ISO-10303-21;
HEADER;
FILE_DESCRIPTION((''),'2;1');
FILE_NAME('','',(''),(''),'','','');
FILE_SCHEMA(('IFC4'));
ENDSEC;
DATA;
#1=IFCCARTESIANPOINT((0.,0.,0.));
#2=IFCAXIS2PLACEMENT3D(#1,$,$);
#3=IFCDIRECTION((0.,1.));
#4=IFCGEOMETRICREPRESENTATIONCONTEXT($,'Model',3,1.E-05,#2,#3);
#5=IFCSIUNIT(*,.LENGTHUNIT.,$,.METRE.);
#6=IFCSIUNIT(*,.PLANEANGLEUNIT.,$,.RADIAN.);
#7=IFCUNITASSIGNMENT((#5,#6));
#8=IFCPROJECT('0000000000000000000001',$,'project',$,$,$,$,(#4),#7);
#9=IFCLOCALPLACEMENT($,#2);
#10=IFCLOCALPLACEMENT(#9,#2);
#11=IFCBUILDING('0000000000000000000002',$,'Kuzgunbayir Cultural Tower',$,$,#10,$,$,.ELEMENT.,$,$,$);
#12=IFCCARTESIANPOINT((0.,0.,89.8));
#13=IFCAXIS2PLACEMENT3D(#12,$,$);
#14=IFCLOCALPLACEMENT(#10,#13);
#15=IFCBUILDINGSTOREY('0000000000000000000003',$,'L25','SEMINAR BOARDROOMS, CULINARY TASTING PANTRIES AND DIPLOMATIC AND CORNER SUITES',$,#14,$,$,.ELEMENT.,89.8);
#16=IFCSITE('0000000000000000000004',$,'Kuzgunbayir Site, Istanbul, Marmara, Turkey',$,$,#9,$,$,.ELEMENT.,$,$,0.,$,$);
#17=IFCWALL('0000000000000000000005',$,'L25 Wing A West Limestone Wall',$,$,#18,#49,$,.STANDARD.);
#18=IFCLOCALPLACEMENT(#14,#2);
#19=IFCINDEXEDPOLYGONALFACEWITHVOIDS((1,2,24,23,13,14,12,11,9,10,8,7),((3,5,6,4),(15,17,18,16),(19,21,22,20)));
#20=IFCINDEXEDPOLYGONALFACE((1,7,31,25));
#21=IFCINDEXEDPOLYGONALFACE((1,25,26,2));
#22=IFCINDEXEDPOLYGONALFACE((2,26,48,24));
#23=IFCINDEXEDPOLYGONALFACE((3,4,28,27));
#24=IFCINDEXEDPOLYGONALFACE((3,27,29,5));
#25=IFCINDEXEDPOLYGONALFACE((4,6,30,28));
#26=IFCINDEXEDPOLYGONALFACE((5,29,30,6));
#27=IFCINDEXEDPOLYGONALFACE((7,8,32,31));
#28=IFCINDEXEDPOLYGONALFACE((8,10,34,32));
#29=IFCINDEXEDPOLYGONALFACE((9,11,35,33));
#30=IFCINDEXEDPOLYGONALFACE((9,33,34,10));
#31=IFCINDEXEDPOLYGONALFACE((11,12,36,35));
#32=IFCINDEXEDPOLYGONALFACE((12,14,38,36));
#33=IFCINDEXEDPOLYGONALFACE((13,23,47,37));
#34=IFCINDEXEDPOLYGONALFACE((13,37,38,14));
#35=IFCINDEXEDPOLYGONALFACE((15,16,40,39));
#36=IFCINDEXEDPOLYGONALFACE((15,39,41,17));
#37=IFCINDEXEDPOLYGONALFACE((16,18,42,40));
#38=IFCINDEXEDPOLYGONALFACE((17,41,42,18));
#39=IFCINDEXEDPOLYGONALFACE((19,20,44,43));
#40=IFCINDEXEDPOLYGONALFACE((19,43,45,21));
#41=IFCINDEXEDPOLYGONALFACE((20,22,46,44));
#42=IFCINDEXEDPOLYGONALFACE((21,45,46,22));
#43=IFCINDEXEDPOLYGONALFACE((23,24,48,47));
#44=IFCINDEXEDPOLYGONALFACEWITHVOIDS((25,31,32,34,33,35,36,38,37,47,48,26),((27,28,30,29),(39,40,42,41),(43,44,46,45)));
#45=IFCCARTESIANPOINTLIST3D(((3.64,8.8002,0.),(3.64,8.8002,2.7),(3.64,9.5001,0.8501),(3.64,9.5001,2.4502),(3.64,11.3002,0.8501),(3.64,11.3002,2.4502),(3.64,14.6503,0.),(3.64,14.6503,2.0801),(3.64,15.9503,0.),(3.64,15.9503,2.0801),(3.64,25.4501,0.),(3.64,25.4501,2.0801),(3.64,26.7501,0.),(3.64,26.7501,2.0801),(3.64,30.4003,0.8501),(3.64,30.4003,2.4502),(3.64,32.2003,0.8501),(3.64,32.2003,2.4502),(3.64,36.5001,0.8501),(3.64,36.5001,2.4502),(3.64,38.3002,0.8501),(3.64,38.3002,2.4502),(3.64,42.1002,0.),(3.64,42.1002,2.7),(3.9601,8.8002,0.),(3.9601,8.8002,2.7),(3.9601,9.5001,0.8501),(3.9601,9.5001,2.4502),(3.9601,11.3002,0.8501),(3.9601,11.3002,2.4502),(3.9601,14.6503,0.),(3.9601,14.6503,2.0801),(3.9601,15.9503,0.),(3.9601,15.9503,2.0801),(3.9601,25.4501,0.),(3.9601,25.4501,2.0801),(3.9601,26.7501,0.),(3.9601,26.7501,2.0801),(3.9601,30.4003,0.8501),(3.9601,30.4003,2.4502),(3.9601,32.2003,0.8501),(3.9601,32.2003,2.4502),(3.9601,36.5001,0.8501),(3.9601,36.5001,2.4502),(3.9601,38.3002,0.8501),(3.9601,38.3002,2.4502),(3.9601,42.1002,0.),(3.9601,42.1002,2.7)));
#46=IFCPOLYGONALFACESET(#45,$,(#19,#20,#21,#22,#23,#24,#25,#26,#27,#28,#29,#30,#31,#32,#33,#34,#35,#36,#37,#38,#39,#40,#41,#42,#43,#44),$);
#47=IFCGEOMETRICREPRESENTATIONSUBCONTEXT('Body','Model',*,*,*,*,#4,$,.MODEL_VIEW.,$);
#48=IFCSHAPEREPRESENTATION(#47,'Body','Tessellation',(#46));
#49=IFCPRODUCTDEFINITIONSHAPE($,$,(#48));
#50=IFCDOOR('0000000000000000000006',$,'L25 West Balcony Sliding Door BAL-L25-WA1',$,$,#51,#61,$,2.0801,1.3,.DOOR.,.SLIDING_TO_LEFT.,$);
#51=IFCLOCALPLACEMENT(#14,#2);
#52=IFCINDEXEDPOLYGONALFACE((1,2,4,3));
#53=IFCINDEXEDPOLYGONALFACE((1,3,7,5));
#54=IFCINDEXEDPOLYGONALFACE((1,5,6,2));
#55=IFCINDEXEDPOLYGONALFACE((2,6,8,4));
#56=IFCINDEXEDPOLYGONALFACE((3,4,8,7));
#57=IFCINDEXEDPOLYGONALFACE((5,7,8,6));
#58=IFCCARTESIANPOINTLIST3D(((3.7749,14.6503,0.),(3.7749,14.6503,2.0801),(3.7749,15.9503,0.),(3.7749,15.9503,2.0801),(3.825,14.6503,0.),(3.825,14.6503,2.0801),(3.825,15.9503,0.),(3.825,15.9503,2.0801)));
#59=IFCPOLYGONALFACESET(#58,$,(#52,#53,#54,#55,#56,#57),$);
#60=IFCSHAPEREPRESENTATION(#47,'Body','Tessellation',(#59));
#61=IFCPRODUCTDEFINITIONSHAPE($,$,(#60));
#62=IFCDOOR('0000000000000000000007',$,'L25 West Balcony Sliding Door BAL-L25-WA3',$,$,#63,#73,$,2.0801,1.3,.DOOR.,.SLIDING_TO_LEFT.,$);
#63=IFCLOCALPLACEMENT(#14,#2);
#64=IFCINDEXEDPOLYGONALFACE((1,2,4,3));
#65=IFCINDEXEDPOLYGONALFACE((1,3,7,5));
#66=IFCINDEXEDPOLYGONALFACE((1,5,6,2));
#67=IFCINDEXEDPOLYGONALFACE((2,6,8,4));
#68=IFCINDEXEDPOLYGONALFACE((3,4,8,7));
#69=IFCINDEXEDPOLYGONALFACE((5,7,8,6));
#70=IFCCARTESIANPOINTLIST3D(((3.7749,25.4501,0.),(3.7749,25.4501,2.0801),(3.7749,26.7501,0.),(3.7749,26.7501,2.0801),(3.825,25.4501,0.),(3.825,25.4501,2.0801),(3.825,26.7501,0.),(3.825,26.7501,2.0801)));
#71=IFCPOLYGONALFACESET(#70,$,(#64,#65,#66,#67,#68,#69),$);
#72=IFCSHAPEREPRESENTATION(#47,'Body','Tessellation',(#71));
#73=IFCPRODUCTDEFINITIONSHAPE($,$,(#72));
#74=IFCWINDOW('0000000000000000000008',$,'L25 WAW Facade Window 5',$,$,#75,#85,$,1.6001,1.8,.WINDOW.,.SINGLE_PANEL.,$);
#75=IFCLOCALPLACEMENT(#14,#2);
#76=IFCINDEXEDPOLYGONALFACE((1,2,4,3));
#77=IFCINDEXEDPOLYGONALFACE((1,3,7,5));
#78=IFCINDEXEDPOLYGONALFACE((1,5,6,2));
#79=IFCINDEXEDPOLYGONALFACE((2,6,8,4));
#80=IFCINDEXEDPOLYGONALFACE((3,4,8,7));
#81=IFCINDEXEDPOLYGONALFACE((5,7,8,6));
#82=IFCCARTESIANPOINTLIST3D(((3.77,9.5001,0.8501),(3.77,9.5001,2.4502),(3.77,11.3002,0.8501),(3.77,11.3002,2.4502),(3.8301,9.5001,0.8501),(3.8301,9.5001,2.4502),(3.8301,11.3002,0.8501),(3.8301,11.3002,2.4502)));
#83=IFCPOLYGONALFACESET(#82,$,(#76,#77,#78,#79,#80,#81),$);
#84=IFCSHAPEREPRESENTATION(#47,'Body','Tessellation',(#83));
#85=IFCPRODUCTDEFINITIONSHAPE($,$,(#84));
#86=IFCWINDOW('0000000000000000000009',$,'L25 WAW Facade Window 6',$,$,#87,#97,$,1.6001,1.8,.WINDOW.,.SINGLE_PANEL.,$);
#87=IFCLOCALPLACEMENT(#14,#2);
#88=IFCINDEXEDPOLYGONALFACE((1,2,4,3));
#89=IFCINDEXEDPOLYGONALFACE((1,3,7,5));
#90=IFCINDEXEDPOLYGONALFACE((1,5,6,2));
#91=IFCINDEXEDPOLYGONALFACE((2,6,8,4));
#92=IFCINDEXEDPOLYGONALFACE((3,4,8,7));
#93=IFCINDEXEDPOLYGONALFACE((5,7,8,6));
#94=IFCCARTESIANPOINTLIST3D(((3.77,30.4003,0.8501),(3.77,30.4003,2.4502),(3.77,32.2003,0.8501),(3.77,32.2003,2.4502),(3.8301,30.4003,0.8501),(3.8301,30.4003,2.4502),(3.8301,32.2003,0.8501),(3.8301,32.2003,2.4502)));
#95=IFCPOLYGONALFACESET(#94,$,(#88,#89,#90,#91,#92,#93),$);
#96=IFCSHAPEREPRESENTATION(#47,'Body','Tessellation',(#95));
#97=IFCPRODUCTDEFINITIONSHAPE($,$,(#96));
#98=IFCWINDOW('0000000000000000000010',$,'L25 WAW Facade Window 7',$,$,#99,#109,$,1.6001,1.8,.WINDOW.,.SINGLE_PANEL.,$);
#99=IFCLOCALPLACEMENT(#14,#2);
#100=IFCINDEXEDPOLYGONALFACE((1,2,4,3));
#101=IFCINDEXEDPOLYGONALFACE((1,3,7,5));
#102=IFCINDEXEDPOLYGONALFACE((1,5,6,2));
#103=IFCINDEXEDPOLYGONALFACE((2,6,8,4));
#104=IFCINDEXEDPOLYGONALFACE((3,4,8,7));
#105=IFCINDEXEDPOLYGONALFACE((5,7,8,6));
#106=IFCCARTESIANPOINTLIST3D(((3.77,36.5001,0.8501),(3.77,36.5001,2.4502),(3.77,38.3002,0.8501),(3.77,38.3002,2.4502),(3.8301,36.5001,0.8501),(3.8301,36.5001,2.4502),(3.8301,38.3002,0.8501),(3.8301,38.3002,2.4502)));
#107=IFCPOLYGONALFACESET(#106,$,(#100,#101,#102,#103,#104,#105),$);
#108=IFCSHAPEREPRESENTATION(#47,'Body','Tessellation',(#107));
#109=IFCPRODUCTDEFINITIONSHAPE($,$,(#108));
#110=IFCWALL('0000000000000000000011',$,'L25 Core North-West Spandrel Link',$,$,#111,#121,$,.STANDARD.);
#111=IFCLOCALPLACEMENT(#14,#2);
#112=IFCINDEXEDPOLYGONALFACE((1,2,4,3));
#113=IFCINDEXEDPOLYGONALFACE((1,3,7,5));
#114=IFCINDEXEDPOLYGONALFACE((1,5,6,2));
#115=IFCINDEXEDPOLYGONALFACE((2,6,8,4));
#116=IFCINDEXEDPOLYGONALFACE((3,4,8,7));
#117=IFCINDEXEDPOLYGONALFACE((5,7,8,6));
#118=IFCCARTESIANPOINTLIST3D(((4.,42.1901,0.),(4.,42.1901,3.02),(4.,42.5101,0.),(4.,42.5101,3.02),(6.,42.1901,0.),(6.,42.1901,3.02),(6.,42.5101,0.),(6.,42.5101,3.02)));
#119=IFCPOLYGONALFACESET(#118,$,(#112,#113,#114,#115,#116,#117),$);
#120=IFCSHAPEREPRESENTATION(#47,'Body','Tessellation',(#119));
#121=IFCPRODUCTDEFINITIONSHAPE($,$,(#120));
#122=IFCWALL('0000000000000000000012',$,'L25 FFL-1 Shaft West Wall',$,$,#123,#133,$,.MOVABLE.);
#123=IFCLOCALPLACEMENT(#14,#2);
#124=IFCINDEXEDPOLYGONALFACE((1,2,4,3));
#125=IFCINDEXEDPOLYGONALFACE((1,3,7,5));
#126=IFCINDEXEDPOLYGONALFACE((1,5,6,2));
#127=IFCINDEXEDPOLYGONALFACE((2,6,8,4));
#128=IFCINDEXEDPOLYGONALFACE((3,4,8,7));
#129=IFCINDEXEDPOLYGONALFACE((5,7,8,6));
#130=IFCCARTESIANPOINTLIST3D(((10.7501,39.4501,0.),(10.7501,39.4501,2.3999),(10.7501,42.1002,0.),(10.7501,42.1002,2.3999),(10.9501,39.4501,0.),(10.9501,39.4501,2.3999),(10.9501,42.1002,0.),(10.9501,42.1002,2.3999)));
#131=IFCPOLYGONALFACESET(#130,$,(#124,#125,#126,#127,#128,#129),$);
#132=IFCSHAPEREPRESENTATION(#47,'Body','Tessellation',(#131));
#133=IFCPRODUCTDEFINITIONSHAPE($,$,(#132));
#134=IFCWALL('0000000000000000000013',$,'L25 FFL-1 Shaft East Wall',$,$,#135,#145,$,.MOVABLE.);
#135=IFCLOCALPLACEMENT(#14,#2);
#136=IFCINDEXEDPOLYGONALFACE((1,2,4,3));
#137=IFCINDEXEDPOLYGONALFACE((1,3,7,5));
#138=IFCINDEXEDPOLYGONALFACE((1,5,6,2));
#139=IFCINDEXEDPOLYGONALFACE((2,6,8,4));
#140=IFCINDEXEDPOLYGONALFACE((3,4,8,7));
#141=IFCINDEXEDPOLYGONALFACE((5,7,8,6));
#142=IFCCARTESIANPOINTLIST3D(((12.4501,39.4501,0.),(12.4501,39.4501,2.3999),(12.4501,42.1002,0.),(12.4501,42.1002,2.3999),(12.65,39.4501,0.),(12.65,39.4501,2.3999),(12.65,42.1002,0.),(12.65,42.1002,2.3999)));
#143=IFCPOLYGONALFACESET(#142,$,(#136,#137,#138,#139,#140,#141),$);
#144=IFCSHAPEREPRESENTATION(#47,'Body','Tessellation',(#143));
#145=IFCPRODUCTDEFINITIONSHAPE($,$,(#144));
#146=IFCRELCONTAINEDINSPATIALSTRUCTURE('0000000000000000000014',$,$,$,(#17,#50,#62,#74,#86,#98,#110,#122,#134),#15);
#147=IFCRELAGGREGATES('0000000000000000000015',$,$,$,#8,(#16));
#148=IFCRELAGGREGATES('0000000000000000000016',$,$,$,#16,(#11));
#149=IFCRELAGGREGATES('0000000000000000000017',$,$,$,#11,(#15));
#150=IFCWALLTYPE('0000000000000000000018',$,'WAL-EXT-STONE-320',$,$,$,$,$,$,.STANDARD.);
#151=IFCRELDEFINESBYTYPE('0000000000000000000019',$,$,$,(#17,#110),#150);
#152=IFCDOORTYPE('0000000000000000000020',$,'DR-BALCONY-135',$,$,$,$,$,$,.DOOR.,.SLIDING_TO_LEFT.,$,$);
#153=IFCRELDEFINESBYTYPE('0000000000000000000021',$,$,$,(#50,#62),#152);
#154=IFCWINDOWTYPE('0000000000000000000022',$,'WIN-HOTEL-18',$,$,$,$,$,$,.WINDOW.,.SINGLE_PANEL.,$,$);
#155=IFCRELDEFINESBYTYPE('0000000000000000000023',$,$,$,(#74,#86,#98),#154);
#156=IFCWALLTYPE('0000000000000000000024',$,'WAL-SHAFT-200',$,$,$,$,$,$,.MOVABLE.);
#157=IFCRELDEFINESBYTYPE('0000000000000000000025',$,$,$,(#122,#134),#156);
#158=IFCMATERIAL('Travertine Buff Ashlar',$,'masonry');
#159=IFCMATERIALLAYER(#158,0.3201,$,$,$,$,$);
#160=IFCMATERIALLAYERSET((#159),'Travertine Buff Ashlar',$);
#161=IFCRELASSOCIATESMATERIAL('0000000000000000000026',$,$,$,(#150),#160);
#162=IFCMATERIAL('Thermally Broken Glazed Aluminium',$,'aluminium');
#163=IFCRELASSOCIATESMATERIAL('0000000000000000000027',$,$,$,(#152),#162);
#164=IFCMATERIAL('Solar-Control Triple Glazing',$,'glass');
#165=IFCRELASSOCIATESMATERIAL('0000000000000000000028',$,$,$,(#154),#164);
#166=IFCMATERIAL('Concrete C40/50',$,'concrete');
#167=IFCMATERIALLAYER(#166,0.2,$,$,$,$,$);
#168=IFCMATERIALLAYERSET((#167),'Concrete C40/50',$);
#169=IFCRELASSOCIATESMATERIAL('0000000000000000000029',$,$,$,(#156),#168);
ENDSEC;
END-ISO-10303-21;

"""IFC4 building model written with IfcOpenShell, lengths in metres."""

from ifc_helpers import new_model, si_unit, direction, frame, frame_2d, origin, place, context, subcontext, project, spatial, rectangle, extrude, material, layer, layer_set, type_object, element, fill, save


model = new_model("IFC4")

# Units and contexts
model_context = context("Model", 3, precision=1e-05, world=origin(), true_north=direction((0.0, 1.0)))
body_context = subcontext(model_context, "Body", "Model", "MODEL_VIEW")
ifc_project = project(units=[si_unit("LENGTHUNIT", "METRE"), si_unit("PLANEANGLEUNIT", "RADIAN")], contexts=[model_context])

# Site, building, storey
site_placement = place(None, origin())
site = spatial("IfcSite", under=ifc_project, at=site_placement, Name="Kuzgunbayir Site, Istanbul, Marmara, Turkey", CompositionType="ELEMENT", RefElevation=0.0)
building_placement = place(site_placement, origin())
building = spatial("IfcBuilding", under=site, at=building_placement, Name="Kuzgunbayir Cultural Tower", CompositionType="ELEMENT")
storey_placement = place(building_placement, frame((0.0, 0.0, 89.8)))
storey = spatial("IfcBuildingStorey", under=building, at=storey_placement, Name="L25", Description="SEMINAR BOARDROOMS, CULINARY TASTING PANTRIES AND DIPLOMATIC AND CORNER SUITES", CompositionType="ELEMENT", Elevation=89.8)

# Wall, openings, doors, windows
ifc_material_1 = material(Name="Travertine Buff Ashlar", Category="masonry")
ifc_layer_1 = layer(ifc_material_1, 0.3201)
ifc_layer_set_1 = layer_set([ifc_layer_1], Name="Travertine Buff Ashlar")
wall_type_1 = type_object("IfcWallType", Name="WAL-EXT-STONE-320", PredefinedType="STANDARD", material=ifc_layer_set_1)
wall_1_placement = place(storey_placement, frame((3.8, 42.1001, 0.0), z_axis=(0.0, 0.0, 1.0), x_axis=(0.0, -1.0, 0.0)))
wall_1 = element("IfcWall", 1, at=wall_1_placement, inside=storey, type_object=wall_type_1, Name="L25 Wing A West Limestone Wall", PredefinedType="STANDARD", context=body_context, shape_type="SweptSolid", body=[
    extrude(rectangle(XDim=33.3, YDim=0.3201, at=frame_2d((16.6499, 0.0))), origin(), (0.0, 0.0, 1.0), 2.7),
])
opening_1_placement = place(wall_1_placement, frame((26.1499, 0.0, 0.0)))
opening_1 = element("IfcOpeningElement", 2, at=opening_1_placement, cuts=wall_1, PredefinedType="OPENING", context=body_context, shape_type="SweptSolid", body=[
    extrude(rectangle(XDim=1.3, YDim=2.0801, at=frame_2d((0.6499, 1.04))), frame((0.0, 0.1699, 0.0), z_axis=(0.0, -1.0, 0.0), x_axis=(1.0, 0.0, 0.0)), (0.0, 0.0, 1.0), 0.3401),
])
opening_2_placement = place(wall_1_placement, frame((15.3501, 0.0, 0.0)))
opening_2 = element("IfcOpeningElement", 3, at=opening_2_placement, cuts=wall_1, PredefinedType="OPENING", context=body_context, shape_type="SweptSolid", body=[
    extrude(rectangle(XDim=1.3, YDim=2.0801, at=frame_2d((0.6499, 1.04))), frame((0.0, 0.1699, 0.0), z_axis=(0.0, -1.0, 0.0), x_axis=(1.0, 0.0, 0.0)), (0.0, 0.0, 1.0), 0.3401),
])
opening_3_placement = place(wall_1_placement, frame((30.8, 0.0, 0.8501)))
opening_3 = element("IfcOpeningElement", 4, at=opening_3_placement, cuts=wall_1, PredefinedType="OPENING", context=body_context, shape_type="SweptSolid", body=[
    extrude(rectangle(XDim=1.8, YDim=1.6001, at=frame_2d((0.8999, 0.8))), frame((0.0, 0.1699, 0.0), z_axis=(0.0, -1.0, 0.0), x_axis=(1.0, 0.0, 0.0)), (0.0, 0.0, 1.0), 0.3401),
])
opening_4_placement = place(wall_1_placement, frame((9.8999, 0.0, 0.8501)))
opening_4 = element("IfcOpeningElement", 5, at=opening_4_placement, cuts=wall_1, PredefinedType="OPENING", context=body_context, shape_type="SweptSolid", body=[
    extrude(rectangle(XDim=1.8, YDim=1.6001, at=frame_2d((0.8999, 0.8))), frame((0.0, 0.1699, 0.0), z_axis=(0.0, -1.0, 0.0), x_axis=(1.0, 0.0, 0.0)), (0.0, 0.0, 1.0), 0.3401),
])
opening_5_placement = place(wall_1_placement, frame((3.8, 0.0, 0.8501)))
opening_5 = element("IfcOpeningElement", 6, at=opening_5_placement, cuts=wall_1, PredefinedType="OPENING", context=body_context, shape_type="SweptSolid", body=[
    extrude(rectangle(XDim=1.8, YDim=1.6001, at=frame_2d((0.8999, 0.8))), frame((0.0, 0.1699, 0.0), z_axis=(0.0, -1.0, 0.0), x_axis=(1.0, 0.0, 0.0)), (0.0, 0.0, 1.0), 0.3401),
])
ifc_material_2 = material(Name="Thermally Broken Glazed Aluminium", Category="aluminium")
door_type_1 = type_object("IfcDoorType", Name="DR-BALCONY-135", OperationType="SLIDING_TO_LEFT", PredefinedType="DOOR", material=ifc_material_2)
door_1_placement = place(opening_1_placement, origin())
door_1 = element("IfcDoor", 7, at=door_1_placement, inside=storey, type_object=door_type_1, Name="L25 West Balcony Sliding Door BAL-L25-WA1", OperationType="SLIDING_TO_LEFT", OverallHeight=2.0801, OverallWidth=1.3, PredefinedType="DOOR", context=body_context, shape_type="SweptSolid", body=[
    extrude(rectangle(XDim=1.3, YDim=2.0801, at=frame_2d((0.6499, 1.04))), frame((0.0, 0.0249, 0.0), z_axis=(0.0, -1.0, 0.0), x_axis=(1.0, 0.0, 0.0)), (0.0, 0.0, 1.0), 0.05),
])
fill(opening_1, door_1)
door_2_placement = place(opening_2_placement, origin())
door_2 = element("IfcDoor", 8, at=door_2_placement, inside=storey, type_object=door_type_1, Name="L25 West Balcony Sliding Door BAL-L25-WA3", OperationType="SLIDING_TO_LEFT", OverallHeight=2.0801, OverallWidth=1.3, PredefinedType="DOOR", context=body_context, shape_type="SweptSolid", body=[
    extrude(rectangle(XDim=1.3, YDim=2.0801, at=frame_2d((0.6499, 1.04))), frame((0.0, 0.0249, 0.0), z_axis=(0.0, -1.0, 0.0), x_axis=(1.0, 0.0, 0.0)), (0.0, 0.0, 1.0), 0.05),
])
fill(opening_2, door_2)
ifc_material_3 = material(Name="Solar-Control Triple Glazing", Category="glass")
window_type = type_object("IfcWindowType", Name="WIN-HOTEL-18", PartitioningType="SINGLE_PANEL", PredefinedType="WINDOW", material=ifc_material_3)
window_1_placement = place(opening_3_placement, origin())
window_1 = element("IfcWindow", 9, at=window_1_placement, inside=storey, type_object=window_type, Name="L25 WAW Facade Window 5", OverallHeight=1.6001, OverallWidth=1.8, PartitioningType="SINGLE_PANEL", PredefinedType="WINDOW", context=body_context, shape_type="SweptSolid", body=[
    extrude(rectangle(XDim=1.8, YDim=1.6001, at=frame_2d((0.8999, 0.8))), frame((0.0, 0.03, 0.0), z_axis=(0.0, -1.0, 0.0), x_axis=(1.0, 0.0, 0.0)), (0.0, 0.0, 1.0), 0.0601),
])
fill(opening_3, window_1)
window_2_placement = place(opening_4_placement, origin())
window_2 = element("IfcWindow", 10, at=window_2_placement, inside=storey, type_object=window_type, Name="L25 WAW Facade Window 6", OverallHeight=1.6001, OverallWidth=1.8, PartitioningType="SINGLE_PANEL", PredefinedType="WINDOW", context=body_context, shape_type="SweptSolid", body=[
    extrude(rectangle(XDim=1.8, YDim=1.6001, at=frame_2d((0.8999, 0.8))), frame((0.0, 0.03, 0.0), z_axis=(0.0, -1.0, 0.0), x_axis=(1.0, 0.0, 0.0)), (0.0, 0.0, 1.0), 0.0601),
])
fill(opening_4, window_2)
window_3_placement = place(opening_5_placement, origin())
window_3 = element("IfcWindow", 11, at=window_3_placement, inside=storey, type_object=window_type, Name="L25 WAW Facade Window 7", OverallHeight=1.6001, OverallWidth=1.8, PartitioningType="SINGLE_PANEL", PredefinedType="WINDOW", context=body_context, shape_type="SweptSolid", body=[
    extrude(rectangle(XDim=1.8, YDim=1.6001, at=frame_2d((0.8999, 0.8))), frame((0.0, 0.03, 0.0), z_axis=(0.0, -1.0, 0.0), x_axis=(1.0, 0.0, 0.0)), (0.0, 0.0, 1.0), 0.0601),
])
fill(opening_5, window_3)

# Wall
wall_2_placement = place(storey_placement, frame((6.0, 42.3501, 0.0), z_axis=(0.0, 0.0, 1.0), x_axis=(-1.0, 0.0, 0.0)))
element("IfcWall", 12, at=wall_2_placement, inside=storey, type_object=wall_type_1, Name="L25 Core North-West Spandrel Link", PredefinedType="STANDARD", context=body_context, shape_type="SweptSolid", body=[
    extrude(rectangle(XDim=2.0, YDim=0.3201, at=frame_2d((1.0, 0.0))), origin(), (0.0, 0.0, 1.0), 3.02),
])

# Shared definitions
ifc_material_4 = material(Name="Concrete C40/50", Category="concrete")
ifc_layer_2 = layer(ifc_material_4, 0.2)
ifc_layer_set_2 = layer_set([ifc_layer_2], Name="Concrete C40/50")
wall_type_2 = type_object("IfcWallType", Name="WAL-SHAFT-200", PredefinedType="MOVABLE", material=ifc_layer_set_2)

# Walls
for number, where, z_axis, x_axis, name in (
    (13, (10.8501, 39.45, 0.0), (0.0, 0.0, 1.0), (0.0, 1.0, 0.0), "L25 FFL-1 Shaft West Wall"),
    (14, (12.55, 39.45, 0.0), (0.0, 0.0, 1.0), (0.0, 1.0, 0.0), "L25 FFL-1 Shaft East Wall"),
):
    element("IfcWall", number, at=place(storey_placement, frame(where, z_axis=z_axis, x_axis=x_axis)), inside=storey, type_object=wall_type_2, Name=name, PredefinedType="MOVABLE", context=body_context, shape_type="SweptSolid", body=[
        extrude(rectangle(XDim=2.6501, YDim=0.2, at=frame_2d((1.3252, 0.0))), origin(), (0.0, 0.0, 1.0), 2.3999),
    ])

save(model, "model.ifc")
